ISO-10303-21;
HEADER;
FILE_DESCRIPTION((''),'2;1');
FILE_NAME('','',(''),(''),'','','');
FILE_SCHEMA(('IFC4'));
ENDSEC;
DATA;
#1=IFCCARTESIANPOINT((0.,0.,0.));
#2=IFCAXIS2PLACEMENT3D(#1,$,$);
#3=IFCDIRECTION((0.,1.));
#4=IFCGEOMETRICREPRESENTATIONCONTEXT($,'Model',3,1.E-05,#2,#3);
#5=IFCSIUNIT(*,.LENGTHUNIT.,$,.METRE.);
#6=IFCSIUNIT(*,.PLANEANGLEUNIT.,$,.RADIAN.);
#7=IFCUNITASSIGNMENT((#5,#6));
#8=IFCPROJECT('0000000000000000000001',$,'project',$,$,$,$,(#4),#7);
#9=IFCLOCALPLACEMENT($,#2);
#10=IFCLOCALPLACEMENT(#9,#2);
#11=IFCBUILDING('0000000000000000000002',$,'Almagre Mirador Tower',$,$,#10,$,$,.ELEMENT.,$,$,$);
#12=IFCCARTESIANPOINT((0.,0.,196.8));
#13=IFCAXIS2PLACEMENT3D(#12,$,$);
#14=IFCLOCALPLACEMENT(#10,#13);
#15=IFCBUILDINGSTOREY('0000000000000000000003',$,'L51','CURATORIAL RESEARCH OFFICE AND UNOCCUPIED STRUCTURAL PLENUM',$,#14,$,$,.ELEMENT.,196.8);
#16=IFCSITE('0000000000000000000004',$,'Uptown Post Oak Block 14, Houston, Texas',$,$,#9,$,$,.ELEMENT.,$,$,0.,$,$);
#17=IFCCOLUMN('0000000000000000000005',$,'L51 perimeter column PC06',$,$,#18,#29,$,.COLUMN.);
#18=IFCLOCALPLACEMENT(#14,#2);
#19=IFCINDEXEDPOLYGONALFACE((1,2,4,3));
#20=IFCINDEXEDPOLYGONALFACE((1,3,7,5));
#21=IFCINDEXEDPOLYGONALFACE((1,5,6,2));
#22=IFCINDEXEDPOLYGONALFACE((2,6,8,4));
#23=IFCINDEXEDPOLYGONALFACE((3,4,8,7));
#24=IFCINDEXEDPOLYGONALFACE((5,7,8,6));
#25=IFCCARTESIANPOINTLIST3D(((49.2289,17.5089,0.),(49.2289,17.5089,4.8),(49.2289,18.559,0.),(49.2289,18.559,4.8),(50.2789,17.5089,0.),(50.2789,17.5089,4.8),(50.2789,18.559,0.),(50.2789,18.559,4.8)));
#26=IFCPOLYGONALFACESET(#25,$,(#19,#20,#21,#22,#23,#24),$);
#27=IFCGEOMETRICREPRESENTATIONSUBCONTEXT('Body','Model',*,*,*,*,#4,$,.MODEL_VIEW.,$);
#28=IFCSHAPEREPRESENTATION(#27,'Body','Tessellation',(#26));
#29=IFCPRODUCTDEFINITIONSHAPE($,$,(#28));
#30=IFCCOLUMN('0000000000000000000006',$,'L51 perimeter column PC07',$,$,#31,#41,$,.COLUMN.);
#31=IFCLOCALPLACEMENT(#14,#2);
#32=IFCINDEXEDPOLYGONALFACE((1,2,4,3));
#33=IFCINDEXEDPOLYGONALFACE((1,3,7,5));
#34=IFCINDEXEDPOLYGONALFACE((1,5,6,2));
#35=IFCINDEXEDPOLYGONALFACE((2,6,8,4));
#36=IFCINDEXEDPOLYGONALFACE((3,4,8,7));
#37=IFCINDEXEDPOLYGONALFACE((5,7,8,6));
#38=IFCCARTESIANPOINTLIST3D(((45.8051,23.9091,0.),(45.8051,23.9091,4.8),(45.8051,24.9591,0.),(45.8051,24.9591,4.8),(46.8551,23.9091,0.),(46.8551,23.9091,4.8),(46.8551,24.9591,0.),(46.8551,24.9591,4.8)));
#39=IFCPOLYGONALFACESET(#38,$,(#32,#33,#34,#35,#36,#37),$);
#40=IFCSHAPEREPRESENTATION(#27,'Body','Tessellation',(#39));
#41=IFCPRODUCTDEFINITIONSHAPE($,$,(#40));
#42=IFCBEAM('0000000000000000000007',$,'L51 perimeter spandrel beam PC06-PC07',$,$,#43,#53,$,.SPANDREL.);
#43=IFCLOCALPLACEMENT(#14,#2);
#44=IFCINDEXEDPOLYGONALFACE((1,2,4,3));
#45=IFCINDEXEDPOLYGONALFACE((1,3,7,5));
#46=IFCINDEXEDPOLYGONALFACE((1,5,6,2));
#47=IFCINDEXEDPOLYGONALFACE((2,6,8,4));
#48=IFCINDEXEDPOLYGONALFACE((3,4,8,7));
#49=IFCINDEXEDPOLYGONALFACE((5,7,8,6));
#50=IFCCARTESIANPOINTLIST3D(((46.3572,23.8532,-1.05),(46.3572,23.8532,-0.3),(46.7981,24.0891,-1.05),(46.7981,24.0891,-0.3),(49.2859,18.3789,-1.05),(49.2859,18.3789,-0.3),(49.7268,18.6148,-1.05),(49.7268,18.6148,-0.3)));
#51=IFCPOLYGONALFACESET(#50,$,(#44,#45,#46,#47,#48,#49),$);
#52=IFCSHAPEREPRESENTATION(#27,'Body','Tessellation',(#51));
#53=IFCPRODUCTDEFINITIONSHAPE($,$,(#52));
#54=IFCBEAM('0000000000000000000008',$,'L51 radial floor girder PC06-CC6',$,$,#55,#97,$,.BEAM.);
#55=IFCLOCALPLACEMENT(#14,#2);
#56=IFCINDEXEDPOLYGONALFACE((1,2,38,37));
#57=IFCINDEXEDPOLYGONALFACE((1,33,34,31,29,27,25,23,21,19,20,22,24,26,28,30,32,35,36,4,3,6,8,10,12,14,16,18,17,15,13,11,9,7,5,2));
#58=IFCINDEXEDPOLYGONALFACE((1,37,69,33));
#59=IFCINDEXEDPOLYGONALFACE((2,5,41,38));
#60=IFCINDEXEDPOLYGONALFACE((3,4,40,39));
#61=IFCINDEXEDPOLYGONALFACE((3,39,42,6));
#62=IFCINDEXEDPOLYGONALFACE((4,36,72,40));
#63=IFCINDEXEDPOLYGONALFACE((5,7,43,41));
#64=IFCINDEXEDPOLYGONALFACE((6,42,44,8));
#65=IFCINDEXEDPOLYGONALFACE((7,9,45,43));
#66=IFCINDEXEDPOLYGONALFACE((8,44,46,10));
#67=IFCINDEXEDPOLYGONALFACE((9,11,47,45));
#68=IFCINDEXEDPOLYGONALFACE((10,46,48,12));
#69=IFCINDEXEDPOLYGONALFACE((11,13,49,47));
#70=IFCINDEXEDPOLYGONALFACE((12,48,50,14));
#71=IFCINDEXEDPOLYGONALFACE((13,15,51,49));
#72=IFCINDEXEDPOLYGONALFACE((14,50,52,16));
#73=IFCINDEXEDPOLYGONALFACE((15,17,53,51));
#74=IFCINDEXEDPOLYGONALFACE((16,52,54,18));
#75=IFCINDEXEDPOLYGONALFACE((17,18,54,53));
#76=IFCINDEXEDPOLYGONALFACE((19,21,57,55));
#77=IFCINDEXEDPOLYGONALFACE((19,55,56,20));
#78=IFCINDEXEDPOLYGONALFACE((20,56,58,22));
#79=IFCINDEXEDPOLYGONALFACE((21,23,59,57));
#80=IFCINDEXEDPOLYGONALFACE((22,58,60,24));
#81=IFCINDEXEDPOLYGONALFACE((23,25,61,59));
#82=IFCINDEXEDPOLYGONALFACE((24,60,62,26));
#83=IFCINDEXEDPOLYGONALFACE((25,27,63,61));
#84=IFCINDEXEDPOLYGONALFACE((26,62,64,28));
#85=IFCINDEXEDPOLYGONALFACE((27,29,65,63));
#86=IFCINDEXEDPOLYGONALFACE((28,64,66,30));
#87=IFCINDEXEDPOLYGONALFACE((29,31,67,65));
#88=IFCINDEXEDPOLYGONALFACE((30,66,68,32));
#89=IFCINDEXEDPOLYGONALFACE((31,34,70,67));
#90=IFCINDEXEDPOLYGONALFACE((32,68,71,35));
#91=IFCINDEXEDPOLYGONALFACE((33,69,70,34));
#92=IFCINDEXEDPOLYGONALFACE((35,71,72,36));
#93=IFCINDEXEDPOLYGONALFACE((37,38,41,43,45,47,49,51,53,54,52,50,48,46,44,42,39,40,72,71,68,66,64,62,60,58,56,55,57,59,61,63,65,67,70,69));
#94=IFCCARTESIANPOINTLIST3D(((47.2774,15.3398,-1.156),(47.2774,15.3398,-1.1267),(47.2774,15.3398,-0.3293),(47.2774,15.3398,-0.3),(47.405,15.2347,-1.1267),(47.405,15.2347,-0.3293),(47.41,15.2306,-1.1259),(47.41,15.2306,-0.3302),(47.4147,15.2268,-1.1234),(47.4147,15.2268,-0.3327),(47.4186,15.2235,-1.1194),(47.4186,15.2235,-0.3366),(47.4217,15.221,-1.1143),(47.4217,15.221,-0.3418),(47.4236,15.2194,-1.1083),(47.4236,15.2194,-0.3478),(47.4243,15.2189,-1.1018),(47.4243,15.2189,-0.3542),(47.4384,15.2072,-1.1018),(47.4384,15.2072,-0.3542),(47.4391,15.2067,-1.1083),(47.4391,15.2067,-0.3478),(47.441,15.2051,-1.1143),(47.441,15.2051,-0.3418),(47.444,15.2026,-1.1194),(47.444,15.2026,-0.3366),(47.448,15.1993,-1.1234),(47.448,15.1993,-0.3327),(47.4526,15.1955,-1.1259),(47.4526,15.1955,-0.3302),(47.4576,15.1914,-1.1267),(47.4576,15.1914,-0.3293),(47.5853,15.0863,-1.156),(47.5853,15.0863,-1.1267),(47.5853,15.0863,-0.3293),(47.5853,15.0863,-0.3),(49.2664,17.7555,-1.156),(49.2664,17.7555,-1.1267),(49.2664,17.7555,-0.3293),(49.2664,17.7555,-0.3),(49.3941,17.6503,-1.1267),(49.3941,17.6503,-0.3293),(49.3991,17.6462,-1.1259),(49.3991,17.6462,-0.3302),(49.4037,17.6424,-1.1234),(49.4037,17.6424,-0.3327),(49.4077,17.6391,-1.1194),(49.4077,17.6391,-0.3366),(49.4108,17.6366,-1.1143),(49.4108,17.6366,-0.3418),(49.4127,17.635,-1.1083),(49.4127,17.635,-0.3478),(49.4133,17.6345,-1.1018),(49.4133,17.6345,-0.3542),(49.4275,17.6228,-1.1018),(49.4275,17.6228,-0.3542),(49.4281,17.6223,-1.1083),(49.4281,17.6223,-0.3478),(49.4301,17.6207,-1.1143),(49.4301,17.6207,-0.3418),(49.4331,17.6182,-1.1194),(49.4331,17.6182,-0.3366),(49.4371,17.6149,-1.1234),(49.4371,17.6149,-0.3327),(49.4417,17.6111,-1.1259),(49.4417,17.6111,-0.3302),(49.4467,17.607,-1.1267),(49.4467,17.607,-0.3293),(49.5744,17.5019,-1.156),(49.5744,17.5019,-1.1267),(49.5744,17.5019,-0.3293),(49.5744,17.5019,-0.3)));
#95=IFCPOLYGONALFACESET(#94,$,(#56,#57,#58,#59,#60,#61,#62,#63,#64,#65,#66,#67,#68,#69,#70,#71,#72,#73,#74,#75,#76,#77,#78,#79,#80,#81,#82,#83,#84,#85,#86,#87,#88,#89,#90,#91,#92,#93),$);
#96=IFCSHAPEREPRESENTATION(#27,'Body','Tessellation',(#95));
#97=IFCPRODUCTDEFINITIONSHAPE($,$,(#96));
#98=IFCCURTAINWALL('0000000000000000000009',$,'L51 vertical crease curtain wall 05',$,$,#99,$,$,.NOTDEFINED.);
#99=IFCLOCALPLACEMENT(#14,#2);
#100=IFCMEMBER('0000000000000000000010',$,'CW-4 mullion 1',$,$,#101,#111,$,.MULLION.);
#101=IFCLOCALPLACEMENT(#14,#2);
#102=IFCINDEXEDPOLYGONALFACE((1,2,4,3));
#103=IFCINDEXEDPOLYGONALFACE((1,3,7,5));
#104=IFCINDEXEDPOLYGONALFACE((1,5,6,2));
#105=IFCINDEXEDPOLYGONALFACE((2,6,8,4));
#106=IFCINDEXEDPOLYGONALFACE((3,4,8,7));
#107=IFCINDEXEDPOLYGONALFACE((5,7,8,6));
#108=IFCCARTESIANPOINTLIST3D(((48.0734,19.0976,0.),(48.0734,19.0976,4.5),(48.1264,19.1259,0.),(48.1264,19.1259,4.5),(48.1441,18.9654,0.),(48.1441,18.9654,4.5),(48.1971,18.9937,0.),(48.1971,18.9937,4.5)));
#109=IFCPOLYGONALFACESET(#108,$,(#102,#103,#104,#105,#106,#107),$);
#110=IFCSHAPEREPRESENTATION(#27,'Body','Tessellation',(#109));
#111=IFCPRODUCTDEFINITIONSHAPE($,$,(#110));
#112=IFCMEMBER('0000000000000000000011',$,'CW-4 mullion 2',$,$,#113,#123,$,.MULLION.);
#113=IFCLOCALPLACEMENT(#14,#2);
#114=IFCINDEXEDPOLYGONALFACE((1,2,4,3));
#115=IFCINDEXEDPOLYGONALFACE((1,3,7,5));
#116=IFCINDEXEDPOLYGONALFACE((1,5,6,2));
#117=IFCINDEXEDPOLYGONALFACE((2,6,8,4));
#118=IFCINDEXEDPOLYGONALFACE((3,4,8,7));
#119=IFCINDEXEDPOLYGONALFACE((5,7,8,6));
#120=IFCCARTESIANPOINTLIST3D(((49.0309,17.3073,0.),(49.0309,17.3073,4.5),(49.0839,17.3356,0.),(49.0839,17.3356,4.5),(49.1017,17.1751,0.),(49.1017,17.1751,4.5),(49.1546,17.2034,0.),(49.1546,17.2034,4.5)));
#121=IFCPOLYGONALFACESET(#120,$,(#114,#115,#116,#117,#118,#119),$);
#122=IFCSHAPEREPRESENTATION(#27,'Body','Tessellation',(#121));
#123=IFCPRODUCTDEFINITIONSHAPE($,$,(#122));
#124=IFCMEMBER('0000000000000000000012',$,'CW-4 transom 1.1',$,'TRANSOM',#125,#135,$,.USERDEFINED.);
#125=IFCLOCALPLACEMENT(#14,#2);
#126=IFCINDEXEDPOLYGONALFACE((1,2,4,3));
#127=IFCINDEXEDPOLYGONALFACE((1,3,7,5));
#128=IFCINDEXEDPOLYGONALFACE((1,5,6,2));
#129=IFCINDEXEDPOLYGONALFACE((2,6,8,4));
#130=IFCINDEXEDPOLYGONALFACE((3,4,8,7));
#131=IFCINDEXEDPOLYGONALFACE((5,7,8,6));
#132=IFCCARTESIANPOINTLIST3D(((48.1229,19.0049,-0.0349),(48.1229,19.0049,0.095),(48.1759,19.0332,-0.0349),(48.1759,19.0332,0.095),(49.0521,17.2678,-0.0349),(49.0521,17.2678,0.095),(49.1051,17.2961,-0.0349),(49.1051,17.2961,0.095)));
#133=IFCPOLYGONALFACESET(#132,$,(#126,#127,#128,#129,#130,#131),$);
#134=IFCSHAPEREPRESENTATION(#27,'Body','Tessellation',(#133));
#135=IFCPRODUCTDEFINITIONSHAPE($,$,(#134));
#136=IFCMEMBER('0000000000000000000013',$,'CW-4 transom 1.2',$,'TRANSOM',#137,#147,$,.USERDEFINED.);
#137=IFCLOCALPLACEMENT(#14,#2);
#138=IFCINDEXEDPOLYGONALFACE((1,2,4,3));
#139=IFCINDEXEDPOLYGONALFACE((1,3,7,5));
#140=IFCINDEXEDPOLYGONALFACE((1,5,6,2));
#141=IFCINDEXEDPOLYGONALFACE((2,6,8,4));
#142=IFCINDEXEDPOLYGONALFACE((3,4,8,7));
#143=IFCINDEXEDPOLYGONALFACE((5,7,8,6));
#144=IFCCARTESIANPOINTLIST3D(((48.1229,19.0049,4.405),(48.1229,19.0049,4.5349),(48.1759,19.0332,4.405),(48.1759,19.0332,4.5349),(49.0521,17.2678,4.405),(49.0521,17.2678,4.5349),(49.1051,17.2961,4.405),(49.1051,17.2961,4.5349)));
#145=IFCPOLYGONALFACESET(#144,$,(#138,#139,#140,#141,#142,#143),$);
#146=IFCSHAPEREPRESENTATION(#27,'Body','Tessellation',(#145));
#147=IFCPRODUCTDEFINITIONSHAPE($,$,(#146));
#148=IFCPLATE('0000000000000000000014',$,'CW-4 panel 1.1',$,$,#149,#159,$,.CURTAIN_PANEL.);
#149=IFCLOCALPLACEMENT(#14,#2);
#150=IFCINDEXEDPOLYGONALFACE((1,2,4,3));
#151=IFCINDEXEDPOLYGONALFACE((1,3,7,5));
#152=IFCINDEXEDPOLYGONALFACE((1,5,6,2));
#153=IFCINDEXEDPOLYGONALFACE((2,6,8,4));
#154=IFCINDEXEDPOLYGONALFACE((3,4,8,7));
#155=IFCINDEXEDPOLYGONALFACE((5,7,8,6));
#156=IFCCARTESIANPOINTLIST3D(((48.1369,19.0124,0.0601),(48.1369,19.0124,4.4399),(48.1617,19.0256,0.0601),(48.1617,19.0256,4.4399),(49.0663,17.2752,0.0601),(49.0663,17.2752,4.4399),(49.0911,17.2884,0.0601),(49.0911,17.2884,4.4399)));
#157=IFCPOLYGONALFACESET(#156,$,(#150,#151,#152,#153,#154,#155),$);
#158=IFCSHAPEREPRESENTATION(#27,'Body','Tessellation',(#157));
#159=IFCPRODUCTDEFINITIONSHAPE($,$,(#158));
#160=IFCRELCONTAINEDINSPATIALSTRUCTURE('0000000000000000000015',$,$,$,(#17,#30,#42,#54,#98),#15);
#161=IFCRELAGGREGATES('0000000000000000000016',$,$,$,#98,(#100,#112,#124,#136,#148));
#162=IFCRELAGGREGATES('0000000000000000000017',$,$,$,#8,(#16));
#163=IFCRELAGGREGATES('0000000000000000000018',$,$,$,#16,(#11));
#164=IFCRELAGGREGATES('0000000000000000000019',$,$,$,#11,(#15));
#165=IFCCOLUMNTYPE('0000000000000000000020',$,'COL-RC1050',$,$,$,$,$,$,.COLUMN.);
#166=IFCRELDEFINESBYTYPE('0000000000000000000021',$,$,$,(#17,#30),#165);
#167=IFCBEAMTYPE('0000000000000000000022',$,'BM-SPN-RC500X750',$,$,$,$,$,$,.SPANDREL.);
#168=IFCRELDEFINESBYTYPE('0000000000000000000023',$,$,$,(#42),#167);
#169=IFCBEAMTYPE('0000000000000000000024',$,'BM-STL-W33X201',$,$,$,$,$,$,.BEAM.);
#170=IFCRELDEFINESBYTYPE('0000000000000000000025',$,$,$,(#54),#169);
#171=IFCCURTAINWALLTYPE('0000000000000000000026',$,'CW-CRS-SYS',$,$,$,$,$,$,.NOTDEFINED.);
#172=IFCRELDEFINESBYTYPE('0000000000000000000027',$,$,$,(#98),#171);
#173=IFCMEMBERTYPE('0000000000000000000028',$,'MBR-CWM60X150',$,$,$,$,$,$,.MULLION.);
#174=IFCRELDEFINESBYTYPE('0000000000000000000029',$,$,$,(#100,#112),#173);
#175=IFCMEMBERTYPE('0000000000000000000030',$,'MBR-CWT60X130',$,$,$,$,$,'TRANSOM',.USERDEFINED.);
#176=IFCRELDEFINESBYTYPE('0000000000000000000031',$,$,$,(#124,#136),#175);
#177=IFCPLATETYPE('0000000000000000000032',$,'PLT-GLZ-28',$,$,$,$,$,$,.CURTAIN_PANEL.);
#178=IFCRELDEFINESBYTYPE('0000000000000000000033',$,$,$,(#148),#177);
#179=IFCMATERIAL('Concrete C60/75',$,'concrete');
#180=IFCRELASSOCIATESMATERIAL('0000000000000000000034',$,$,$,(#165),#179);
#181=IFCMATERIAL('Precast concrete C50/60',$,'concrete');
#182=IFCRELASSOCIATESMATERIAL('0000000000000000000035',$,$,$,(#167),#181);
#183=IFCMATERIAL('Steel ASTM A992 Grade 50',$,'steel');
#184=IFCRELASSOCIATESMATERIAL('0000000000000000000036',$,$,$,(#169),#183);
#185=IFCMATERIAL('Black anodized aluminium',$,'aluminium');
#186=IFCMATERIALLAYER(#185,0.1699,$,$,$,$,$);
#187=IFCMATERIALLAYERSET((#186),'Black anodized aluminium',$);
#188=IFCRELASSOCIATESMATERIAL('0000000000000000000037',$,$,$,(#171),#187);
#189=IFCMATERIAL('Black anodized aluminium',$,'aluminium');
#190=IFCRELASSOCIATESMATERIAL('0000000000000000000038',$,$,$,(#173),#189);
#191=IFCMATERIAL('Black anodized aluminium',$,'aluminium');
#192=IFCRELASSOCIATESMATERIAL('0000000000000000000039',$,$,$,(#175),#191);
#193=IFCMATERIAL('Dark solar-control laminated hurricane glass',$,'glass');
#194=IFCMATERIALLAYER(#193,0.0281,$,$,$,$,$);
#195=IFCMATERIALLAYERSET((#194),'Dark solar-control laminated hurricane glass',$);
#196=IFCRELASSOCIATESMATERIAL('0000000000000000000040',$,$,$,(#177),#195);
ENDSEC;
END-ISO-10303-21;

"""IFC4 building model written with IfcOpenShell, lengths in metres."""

from ifc_helpers import new_model, si_unit, direction, frame, origin, origin_2d, place, context, subcontext, project, spatial, rectangle, i_section, extrude, material, layer, layer_set, material_profile, profile_set, type_object, element, aggregate, save


model = new_model("IFC4")

# Units and contexts
model_context = context("Model", 3, precision=1e-05, world=origin(), true_north=direction((0.0, 1.0)))
body_context = subcontext(model_context, "Body", "Model", "MODEL_VIEW")
ifc_project = project(units=[si_unit("LENGTHUNIT", "METRE"), si_unit("PLANEANGLEUNIT", "RADIAN")], contexts=[model_context])

# Site, building, storey
site_placement = place(None, origin())
site = spatial("IfcSite", under=ifc_project, at=site_placement, Name="Uptown Post Oak Block 14, Houston, Texas", CompositionType="ELEMENT", RefElevation=0.0)
building_placement = place(site_placement, origin())
building = spatial("IfcBuilding", under=site, at=building_placement, Name="Almagre Mirador Tower", CompositionType="ELEMENT")
storey_placement = place(building_placement, frame((0.0, 0.0, 196.8)))
storey = spatial("IfcBuildingStorey", under=building, at=storey_placement, Name="L51", Description="CURATORIAL RESEARCH OFFICE AND UNOCCUPIED STRUCTURAL PLENUM", CompositionType="ELEMENT", Elevation=196.8)

# Columns
ifc_material_1 = material(Name="Concrete C60/75", Category="concrete")
ifc_material_profile_1 = material_profile(ifc_material_1, rectangle(XDim=1.05, YDim=1.05, at=origin_2d()), Name="RC1050X1050")
ifc_profile_set_1 = profile_set([ifc_material_profile_1], Name="Concrete C60/75")
column_type = type_object("IfcColumnType", Name="COL-RC1050", PredefinedType="COLUMN", material=ifc_profile_set_1)
for number, where, z_axis, x_axis, name in (
    (1, (49.7539, 18.0339, 0.0), (0.0, 0.0, 1.0), (1.0, 0.0, 0.0), "L51 perimeter column PC06"),
    (2, (46.3301, 24.4341, 0.0), (0.0, 0.0, 1.0), (1.0, 0.0, 0.0), "L51 perimeter column PC07"),
):
    element("IfcColumn", number, at=place(storey_placement, frame(where, z_axis=z_axis, x_axis=x_axis)), inside=storey, type_object=column_type, Name=name, PredefinedType="COLUMN", context=body_context, shape_type="SweptSolid", body=[
        extrude(rectangle(XDim=1.05, YDim=1.05, at=origin_2d()), origin(), (0.0, 0.0, 1.0), 4.8),
    ])

# Beams
ifc_material_2 = material(Name="Precast concrete C50/60", Category="concrete")
ifc_material_profile_2 = material_profile(ifc_material_2, rectangle(XDim=0.5, YDim=0.75, at=origin_2d()), Name="RC500X750")
ifc_profile_set_2 = profile_set([ifc_material_profile_2], Name="Precast concrete C50/60")
beam_type_1 = type_object("IfcBeamType", Name="BM-SPN-RC500X750", PredefinedType="SPANDREL", material=ifc_profile_set_2)
beam_1_placement = place(storey_placement, frame((49.5063, 18.4968, -0.675), z_axis=(-0.471723, 0.881747, 0.0), x_axis=(-0.881747, -0.471723, 0.0)))
element("IfcBeam", 3, at=beam_1_placement, inside=storey, type_object=beam_type_1, Name="L51 perimeter spandrel beam PC06-PC07", PredefinedType="SPANDREL", context=body_context, shape_type="SweptSolid", body=[
    extrude(rectangle(XDim=0.5, YDim=0.75, at=origin_2d()), origin(), (0.0, 0.0, 1.0), 6.2085),
])
ifc_material_3 = material(Name="Steel ASTM A992 Grade 50", Category="steel")
ifc_material_profile_3 = material_profile(ifc_material_3, i_section(OverallWidth=0.3989, OverallDepth=0.856, WebThickness=0.0183, FlangeThickness=0.0293, FilletRadius=0.0249, at=origin_2d()), Name="W33X201")
ifc_profile_set_3 = profile_set([ifc_material_profile_3], Name="Steel ASTM A992 Grade 50")
beam_type_2 = type_object("IfcBeamType", Name="BM-STL-W33X201", PredefinedType="BEAM", material=ifc_profile_set_3)
beam_2_placement = place(storey_placement, frame((49.4204, 17.6287, -0.728), z_axis=(-0.635661, -0.771969, 0.0), x_axis=(0.771969, -0.635661, 0.0)))
element("IfcBeam", 4, at=beam_2_placement, inside=storey, type_object=beam_type_2, Name="L51 radial floor girder PC06-CC6", PredefinedType="BEAM", context=body_context, shape_type="SweptSolid", body=[
    extrude(i_section(OverallWidth=0.3989, OverallDepth=0.856, WebThickness=0.0183, FlangeThickness=0.0293, FilletRadius=0.0249, at=origin_2d()), origin(), (0.0, 0.0, 1.0), 3.1292),
])

# Curtain wall, members, plate
ifc_material_4 = material(Name="Black anodized aluminium", Category="aluminium")
ifc_layer_1 = layer(ifc_material_4, 0.1699)
ifc_layer_set_1 = layer_set([ifc_layer_1], Name="Black anodized aluminium")
curtain_wall_type = type_object("IfcCurtainWallType", Name="CW-CRS-SYS", PredefinedType="NOTDEFINED", material=ifc_layer_set_1)
curtain_wall_placement = place(storey_placement, origin())
curtain_wall = element("IfcCurtainWall", 5, at=curtain_wall_placement, inside=storey, type_object=curtain_wall_type, Name="L51 vertical crease curtain wall 05", PredefinedType="NOTDEFINED")
ifc_material_5 = material(Name="Black anodized aluminium", Category="aluminium")
ifc_material_profile_4 = material_profile(ifc_material_5, rectangle(XDim=0.0601, YDim=0.1499, at=origin_2d()), Name="CWM60X150")
ifc_profile_set_4 = profile_set([ifc_material_profile_4], Name="Black anodized aluminium")
member_type_1 = type_object("IfcMemberType", Name="MBR-CWM60X150", PredefinedType="MULLION", material=ifc_profile_set_4)
member_1_placement = place(storey_placement, frame((48.1353, 19.0457, 0.0), z_axis=(0.0, 0.0, 1.0), x_axis=(0.881743, 0.47173, 0.0)))
member_1 = element("IfcMember", 6, at=member_1_placement, type_object=member_type_1, Name="CW-4 mullion 1", PredefinedType="MULLION", context=body_context, shape_type="SweptSolid", body=[
    extrude(rectangle(XDim=0.0601, YDim=0.1499, at=origin_2d()), origin(), (0.0, 0.0, 1.0), 4.5),
])
member_2_placement = place(storey_placement, frame((49.0928, 17.2554, 0.0), z_axis=(0.0, 0.0, 1.0), x_axis=(0.881743, 0.47173, 0.0)))
member_2 = element("IfcMember", 7, at=member_2_placement, type_object=member_type_1, Name="CW-4 mullion 2", PredefinedType="MULLION", context=body_context, shape_type="SweptSolid", body=[
    extrude(rectangle(XDim=0.0601, YDim=0.1499, at=origin_2d()), origin(), (0.0, 0.0, 1.0), 4.5),
])
ifc_material_6 = material(Name="Black anodized aluminium", Category="aluminium")
ifc_material_profile_5 = material_profile(ifc_material_6, rectangle(XDim=0.0601, YDim=0.1299, at=origin_2d()), Name="CWT60X130")
ifc_profile_set_5 = profile_set([ifc_material_profile_5], Name="Black anodized aluminium")
member_type_2 = type_object("IfcMemberType", Name="MBR-CWT60X130", ElementType="TRANSOM", PredefinedType="USERDEFINED", material=ifc_profile_set_5)
member_3_placement = place(storey_placement, frame((48.1494, 19.019, 0.03), z_axis=(0.471681, -0.881769, 0.0), x_axis=(0.881769, 0.471681, 0.0)))
member_3 = element("IfcMember", 8, at=member_3_placement, type_object=member_type_2, Name="CW-4 transom 1.1", ObjectType="TRANSOM", PredefinedType="USERDEFINED", context=body_context, shape_type="SweptSolid", body=[
    extrude(rectangle(XDim=0.0601, YDim=0.1299, at=origin_2d()), origin(), (0.0, 0.0, 1.0), 1.97),
])
member_4_placement = place(storey_placement, frame((48.1494, 19.019, 4.47), z_axis=(0.471681, -0.881769, 0.0), x_axis=(0.881769, 0.471681, 0.0)))
member_4 = element("IfcMember", 9, at=member_4_placement, type_object=member_type_2, Name="CW-4 transom 1.2", ObjectType="TRANSOM", PredefinedType="USERDEFINED", context=body_context, shape_type="SweptSolid", body=[
    extrude(rectangle(XDim=0.0601, YDim=0.1299, at=origin_2d()), origin(), (0.0, 0.0, 1.0), 1.97),
])
ifc_material_7 = material(Name="Dark solar-control laminated hurricane glass", Category="glass")
ifc_layer_2 = layer(ifc_material_7, 0.0281)
ifc_layer_set_2 = layer_set([ifc_layer_2], Name="Dark solar-control laminated hurricane glass")
plate_type = type_object("IfcPlateType", Name="PLT-GLZ-28", PredefinedType="CURTAIN_PANEL", material=ifc_layer_set_2)
plate_placement = place(storey_placement, frame((48.614, 18.1504, 0.0601), z_axis=(0.0, 0.0, 1.0), x_axis=(0.47173, -0.881743, 0.0)))
plate = element("IfcPlate", 10, at=plate_placement, type_object=plate_type, Name="CW-4 panel 1.1", PredefinedType="CURTAIN_PANEL", context=body_context, shape_type="SweptSolid", body=[
    extrude(rectangle(XDim=1.9702, YDim=0.0281, at=origin_2d()), origin(), (0.0, 0.0, 1.0), 4.3799),
])
aggregate(curtain_wall, [member_1, member_2, member_3, member_4, plate])

save(model, "model.ifc")
